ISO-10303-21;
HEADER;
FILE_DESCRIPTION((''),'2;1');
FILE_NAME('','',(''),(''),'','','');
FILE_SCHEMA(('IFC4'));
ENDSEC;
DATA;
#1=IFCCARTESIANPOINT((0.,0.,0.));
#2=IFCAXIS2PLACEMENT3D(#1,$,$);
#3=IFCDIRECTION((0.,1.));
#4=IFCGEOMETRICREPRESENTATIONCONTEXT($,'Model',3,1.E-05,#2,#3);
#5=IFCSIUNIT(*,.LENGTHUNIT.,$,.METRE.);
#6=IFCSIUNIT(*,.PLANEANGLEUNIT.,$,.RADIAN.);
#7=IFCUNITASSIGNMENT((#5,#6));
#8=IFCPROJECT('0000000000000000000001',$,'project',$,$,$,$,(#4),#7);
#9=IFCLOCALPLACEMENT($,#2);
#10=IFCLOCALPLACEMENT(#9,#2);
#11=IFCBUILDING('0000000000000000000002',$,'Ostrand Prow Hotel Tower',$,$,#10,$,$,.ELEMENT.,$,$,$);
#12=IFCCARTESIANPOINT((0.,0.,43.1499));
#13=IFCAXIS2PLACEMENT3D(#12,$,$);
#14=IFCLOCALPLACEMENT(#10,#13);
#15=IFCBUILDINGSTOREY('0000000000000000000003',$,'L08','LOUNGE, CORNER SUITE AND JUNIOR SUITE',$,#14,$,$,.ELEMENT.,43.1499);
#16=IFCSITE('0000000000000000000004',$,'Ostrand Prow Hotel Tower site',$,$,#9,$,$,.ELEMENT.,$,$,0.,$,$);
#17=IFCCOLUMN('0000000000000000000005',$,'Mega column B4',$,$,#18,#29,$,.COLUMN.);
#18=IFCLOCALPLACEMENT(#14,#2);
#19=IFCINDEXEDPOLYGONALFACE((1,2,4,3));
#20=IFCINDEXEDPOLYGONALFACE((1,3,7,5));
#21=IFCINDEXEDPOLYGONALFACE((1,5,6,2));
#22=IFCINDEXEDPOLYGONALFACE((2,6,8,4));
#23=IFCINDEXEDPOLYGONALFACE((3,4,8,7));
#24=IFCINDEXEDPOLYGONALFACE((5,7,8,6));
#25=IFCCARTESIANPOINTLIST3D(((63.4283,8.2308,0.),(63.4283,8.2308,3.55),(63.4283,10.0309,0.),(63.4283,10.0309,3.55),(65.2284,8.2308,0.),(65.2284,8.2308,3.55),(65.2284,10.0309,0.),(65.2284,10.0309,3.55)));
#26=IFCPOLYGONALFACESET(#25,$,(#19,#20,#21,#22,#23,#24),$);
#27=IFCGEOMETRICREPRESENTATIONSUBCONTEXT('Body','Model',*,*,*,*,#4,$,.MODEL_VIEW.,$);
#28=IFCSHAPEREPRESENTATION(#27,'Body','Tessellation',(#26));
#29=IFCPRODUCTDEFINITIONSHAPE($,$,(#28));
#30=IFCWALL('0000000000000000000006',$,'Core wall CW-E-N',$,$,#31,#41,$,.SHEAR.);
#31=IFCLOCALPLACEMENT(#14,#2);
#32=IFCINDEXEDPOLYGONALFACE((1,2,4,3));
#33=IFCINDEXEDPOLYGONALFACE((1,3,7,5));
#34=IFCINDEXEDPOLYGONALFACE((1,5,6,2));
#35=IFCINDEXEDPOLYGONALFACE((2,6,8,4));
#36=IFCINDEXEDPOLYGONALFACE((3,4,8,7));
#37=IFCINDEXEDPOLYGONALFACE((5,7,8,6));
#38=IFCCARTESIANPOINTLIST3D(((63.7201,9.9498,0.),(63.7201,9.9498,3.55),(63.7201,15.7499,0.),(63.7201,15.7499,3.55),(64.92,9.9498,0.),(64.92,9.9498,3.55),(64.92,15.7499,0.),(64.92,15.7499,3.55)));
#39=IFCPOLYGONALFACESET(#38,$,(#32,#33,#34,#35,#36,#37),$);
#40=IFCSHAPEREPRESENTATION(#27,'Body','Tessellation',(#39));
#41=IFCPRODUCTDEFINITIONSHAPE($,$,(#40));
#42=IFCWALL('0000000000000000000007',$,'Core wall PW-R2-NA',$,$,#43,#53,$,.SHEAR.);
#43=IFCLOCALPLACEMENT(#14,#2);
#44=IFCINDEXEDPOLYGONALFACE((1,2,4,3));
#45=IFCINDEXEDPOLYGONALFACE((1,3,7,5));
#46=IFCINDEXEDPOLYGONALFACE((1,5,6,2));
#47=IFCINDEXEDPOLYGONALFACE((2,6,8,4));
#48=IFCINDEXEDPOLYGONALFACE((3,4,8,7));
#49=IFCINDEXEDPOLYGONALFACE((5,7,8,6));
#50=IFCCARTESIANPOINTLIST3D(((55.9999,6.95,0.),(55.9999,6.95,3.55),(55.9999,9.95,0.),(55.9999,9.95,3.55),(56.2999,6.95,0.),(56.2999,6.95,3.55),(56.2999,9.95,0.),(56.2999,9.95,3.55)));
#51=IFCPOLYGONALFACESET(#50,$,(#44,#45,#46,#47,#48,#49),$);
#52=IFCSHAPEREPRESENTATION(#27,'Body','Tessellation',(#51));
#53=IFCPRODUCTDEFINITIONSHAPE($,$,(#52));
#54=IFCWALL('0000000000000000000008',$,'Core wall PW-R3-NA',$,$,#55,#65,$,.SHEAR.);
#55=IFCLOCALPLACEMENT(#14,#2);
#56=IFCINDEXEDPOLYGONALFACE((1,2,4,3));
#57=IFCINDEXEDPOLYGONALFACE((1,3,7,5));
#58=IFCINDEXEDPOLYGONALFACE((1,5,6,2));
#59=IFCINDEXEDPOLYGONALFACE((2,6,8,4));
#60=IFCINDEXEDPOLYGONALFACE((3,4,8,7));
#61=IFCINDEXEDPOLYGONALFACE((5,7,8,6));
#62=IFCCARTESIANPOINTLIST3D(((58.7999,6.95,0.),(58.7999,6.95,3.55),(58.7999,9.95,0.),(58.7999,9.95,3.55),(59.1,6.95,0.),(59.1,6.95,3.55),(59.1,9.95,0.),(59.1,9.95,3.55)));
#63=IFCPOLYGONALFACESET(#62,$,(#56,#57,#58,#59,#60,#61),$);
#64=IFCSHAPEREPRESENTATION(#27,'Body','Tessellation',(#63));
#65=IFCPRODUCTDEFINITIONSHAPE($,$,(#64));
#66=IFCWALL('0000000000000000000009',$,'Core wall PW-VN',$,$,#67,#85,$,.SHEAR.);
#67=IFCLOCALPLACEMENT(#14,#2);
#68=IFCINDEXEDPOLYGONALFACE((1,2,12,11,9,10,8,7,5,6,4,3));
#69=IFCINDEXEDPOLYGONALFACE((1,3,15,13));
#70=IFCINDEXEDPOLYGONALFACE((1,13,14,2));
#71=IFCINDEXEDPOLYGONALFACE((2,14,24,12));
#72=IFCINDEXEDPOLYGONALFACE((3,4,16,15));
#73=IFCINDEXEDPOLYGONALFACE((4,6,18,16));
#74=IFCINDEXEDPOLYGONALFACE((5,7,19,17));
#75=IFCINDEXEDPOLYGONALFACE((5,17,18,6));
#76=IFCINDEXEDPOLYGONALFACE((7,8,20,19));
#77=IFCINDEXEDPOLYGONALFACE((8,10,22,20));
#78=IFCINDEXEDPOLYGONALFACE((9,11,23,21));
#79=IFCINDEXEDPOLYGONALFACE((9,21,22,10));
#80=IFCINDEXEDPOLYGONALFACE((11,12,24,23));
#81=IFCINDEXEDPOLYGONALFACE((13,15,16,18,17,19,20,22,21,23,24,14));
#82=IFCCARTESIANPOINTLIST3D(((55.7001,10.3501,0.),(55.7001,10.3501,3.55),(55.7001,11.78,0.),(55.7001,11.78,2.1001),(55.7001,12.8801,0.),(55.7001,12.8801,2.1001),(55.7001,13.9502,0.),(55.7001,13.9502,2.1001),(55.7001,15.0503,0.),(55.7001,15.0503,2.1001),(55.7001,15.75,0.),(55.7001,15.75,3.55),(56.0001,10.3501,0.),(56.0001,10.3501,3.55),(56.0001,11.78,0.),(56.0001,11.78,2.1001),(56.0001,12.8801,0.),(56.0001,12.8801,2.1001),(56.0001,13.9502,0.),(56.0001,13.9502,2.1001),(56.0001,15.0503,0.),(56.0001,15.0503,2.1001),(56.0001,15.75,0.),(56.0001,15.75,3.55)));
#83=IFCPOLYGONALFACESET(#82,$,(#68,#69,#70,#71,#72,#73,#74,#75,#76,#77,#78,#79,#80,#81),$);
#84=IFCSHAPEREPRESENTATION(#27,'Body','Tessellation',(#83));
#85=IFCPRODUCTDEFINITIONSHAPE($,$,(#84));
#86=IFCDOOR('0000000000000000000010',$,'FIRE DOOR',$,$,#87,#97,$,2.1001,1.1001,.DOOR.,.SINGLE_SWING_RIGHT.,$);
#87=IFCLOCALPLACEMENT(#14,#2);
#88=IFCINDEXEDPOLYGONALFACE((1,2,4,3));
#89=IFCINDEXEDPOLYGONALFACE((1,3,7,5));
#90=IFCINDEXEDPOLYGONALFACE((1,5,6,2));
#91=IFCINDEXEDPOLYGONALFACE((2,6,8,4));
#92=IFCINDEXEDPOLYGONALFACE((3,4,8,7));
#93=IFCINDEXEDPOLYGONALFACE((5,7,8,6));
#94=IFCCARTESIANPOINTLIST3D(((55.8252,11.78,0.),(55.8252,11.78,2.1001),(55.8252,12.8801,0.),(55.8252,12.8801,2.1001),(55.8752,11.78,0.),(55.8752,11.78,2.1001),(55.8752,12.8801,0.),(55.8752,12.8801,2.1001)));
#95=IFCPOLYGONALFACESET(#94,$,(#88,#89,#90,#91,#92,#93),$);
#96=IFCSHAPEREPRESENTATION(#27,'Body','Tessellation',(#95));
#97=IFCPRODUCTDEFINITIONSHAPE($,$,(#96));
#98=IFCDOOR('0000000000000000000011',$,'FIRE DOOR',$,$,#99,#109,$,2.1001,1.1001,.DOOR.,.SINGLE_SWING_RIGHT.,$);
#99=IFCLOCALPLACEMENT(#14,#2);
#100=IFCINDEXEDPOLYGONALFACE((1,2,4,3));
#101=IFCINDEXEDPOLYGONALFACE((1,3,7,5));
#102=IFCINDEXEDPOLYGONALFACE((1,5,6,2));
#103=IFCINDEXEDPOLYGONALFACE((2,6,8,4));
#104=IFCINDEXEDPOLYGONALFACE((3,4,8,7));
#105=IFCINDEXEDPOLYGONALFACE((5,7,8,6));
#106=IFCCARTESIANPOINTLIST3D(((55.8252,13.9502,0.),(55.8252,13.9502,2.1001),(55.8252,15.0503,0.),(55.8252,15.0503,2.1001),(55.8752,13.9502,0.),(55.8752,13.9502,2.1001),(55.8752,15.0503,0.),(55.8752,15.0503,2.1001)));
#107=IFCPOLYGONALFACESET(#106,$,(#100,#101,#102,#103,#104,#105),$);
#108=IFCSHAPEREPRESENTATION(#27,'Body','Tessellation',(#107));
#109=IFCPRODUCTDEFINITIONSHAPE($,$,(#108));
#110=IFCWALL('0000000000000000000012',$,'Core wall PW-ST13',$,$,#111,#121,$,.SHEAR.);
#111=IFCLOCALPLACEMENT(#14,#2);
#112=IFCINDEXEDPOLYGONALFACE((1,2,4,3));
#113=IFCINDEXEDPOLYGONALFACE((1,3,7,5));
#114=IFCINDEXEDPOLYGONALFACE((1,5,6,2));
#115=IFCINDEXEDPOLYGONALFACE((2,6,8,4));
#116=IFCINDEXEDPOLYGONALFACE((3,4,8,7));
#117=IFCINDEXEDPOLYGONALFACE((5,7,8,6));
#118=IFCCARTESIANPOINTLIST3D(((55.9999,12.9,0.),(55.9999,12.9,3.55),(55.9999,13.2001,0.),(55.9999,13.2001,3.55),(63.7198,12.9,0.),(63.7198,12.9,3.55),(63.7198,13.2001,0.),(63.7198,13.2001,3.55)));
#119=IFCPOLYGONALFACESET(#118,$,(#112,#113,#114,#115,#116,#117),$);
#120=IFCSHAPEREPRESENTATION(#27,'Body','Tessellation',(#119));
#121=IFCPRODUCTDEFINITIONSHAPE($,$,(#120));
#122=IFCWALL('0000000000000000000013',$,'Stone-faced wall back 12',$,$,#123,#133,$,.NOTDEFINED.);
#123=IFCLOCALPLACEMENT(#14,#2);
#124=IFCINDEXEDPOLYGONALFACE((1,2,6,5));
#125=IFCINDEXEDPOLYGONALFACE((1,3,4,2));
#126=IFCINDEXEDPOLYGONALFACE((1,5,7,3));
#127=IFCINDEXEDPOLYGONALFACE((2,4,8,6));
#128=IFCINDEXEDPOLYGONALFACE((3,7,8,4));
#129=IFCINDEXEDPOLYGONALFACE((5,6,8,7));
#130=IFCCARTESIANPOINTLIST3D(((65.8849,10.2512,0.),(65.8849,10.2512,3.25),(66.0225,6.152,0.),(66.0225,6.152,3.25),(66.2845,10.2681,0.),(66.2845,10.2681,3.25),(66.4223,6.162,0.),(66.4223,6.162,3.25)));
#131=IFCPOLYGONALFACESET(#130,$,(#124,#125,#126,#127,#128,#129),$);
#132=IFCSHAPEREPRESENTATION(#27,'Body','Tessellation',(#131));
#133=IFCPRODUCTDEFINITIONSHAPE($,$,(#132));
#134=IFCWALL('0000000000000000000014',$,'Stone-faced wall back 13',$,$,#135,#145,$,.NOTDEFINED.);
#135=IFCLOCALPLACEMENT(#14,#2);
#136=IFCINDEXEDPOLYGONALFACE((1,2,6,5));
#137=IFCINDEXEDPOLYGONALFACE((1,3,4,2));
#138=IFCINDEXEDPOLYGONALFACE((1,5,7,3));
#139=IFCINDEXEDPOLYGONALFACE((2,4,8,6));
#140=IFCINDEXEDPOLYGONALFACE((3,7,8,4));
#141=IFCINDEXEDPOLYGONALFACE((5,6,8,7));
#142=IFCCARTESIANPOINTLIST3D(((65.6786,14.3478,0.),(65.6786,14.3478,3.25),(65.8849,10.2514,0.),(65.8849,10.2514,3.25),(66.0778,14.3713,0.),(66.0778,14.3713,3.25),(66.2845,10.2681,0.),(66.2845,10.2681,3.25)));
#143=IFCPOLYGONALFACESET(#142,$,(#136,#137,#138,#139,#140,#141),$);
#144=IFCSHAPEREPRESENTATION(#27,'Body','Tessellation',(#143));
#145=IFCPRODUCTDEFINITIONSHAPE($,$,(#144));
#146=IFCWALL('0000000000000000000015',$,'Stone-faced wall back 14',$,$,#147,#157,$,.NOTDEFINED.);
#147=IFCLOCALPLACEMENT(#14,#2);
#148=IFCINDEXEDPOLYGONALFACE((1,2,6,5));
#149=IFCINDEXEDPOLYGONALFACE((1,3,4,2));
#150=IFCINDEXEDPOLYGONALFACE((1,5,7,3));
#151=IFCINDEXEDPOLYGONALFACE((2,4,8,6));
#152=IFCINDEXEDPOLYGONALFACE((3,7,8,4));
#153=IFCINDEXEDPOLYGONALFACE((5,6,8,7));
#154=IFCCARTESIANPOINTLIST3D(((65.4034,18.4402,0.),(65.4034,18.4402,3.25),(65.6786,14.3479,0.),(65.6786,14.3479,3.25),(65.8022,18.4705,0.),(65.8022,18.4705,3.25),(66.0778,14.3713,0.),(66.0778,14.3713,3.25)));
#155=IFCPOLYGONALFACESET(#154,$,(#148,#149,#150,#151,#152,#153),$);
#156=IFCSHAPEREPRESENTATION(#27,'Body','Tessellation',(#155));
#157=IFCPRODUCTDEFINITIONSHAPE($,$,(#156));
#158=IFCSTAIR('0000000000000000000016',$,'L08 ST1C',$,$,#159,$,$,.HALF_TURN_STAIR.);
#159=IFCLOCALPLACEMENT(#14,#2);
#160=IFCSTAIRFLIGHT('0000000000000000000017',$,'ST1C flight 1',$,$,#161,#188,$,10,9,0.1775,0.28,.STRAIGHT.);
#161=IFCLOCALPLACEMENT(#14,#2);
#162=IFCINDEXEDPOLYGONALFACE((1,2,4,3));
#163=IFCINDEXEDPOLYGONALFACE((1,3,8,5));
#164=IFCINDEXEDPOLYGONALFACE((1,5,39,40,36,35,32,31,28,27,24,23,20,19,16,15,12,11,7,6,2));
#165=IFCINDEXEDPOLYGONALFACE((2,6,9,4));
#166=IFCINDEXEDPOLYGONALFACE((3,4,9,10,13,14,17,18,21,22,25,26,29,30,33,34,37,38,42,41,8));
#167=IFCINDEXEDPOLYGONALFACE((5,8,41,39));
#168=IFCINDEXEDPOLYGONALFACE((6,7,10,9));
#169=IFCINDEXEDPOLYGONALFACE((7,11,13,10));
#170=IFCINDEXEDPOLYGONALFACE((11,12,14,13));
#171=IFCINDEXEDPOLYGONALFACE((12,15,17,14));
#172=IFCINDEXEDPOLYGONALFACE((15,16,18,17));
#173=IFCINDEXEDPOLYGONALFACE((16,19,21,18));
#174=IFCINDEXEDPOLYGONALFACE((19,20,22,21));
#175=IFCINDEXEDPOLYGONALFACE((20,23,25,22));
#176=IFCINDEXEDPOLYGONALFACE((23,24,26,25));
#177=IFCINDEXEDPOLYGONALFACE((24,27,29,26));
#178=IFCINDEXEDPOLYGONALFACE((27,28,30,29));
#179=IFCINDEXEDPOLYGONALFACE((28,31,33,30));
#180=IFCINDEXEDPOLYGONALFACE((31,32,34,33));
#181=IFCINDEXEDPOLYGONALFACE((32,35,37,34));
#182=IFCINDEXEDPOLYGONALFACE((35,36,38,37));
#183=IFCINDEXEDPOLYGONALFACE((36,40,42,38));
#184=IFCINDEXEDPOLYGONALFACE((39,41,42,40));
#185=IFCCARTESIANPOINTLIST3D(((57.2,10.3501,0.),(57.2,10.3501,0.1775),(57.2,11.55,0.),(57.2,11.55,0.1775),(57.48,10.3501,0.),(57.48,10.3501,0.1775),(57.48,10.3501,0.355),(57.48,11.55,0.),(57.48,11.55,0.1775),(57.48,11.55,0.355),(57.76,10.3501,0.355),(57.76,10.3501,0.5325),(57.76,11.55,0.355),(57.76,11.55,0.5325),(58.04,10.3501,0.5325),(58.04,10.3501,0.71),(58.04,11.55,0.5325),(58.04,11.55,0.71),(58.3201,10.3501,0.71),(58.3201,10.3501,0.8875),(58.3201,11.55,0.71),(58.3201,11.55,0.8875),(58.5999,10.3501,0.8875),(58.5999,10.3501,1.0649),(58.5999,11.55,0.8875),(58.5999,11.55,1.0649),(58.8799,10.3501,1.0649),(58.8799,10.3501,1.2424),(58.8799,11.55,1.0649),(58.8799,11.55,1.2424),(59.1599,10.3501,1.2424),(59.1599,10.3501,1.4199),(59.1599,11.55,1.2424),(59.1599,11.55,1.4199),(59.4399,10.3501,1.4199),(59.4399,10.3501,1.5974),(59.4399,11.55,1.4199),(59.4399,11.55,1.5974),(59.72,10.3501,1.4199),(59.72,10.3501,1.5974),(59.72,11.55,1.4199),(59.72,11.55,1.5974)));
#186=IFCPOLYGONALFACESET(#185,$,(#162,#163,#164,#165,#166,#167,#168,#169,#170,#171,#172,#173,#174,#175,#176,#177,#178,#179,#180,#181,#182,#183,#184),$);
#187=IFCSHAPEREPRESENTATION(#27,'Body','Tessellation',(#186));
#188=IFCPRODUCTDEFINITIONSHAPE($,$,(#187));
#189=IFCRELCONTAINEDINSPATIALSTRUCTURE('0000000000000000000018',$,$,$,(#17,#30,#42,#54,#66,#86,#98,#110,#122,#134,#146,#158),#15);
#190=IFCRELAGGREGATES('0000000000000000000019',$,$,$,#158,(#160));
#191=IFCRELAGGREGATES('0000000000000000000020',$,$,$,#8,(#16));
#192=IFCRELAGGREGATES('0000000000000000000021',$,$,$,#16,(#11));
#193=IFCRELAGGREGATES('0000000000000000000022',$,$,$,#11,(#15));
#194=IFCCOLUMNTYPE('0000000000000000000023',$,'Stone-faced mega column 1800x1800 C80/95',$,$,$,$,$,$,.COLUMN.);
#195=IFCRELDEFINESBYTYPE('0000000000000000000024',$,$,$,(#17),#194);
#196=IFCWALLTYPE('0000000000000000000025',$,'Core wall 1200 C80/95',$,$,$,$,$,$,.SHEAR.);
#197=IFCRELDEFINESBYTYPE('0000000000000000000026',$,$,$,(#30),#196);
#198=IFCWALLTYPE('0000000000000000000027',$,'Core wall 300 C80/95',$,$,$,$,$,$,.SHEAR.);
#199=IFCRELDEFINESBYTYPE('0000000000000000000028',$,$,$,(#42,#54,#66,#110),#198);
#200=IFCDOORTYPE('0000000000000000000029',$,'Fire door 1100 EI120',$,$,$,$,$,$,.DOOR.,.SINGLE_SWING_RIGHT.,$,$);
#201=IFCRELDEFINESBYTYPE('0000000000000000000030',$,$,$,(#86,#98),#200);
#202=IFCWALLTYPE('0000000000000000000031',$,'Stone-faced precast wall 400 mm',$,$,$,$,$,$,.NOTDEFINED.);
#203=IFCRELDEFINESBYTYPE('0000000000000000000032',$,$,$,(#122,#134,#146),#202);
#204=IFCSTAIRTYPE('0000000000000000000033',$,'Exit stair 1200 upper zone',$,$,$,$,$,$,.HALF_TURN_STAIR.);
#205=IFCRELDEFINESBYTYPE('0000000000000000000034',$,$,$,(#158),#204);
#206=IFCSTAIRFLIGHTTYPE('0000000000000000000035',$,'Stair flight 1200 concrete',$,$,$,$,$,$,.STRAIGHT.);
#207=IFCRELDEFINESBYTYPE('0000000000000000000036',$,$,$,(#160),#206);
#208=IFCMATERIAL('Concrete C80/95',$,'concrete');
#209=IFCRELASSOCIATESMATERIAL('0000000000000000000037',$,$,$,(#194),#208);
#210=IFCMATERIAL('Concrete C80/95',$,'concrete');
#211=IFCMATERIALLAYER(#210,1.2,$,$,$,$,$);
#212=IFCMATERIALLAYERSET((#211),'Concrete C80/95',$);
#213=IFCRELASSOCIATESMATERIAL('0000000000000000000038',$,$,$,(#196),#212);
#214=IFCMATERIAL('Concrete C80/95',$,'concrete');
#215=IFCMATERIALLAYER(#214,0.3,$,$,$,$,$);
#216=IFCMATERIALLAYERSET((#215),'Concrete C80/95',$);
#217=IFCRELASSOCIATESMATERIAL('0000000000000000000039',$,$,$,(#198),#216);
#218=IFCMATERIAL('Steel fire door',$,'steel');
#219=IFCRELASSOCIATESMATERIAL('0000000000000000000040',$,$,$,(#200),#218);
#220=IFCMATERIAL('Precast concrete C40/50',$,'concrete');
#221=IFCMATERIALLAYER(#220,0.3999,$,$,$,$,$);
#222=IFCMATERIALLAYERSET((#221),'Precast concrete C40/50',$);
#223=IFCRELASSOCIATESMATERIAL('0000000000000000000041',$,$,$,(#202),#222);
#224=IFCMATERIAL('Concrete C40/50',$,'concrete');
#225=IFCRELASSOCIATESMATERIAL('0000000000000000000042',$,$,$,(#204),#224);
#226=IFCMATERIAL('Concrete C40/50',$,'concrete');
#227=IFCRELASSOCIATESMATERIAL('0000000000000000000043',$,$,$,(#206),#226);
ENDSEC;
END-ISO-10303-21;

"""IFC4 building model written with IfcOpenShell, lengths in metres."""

from ifc_helpers import new_model, si_unit, direction, frame, frame_2d, origin, origin_2d, place, context, subcontext, project, spatial, polyline, rectangle, outline, extrude, material, layer, layer_set, material_profile, profile_set, type_object, element, fill, aggregate, save


model = new_model("IFC4")

# Units and contexts
model_context = context("Model", 3, precision=1e-05, world=origin(), true_north=direction((0.0, 1.0)))
body_context = subcontext(model_context, "Body", "Model", "MODEL_VIEW")
ifc_project = project(units=[si_unit("LENGTHUNIT", "METRE"), si_unit("PLANEANGLEUNIT", "RADIAN")], contexts=[model_context])

# Site, building, storey
site_placement = place(None, origin())
site = spatial("IfcSite", under=ifc_project, at=site_placement, Name="Ostrand Prow Hotel Tower site", CompositionType="ELEMENT", RefElevation=0.0)
building_placement = place(site_placement, origin())
building = spatial("IfcBuilding", under=site, at=building_placement, Name="Ostrand Prow Hotel Tower", CompositionType="ELEMENT")
storey_placement = place(building_placement, frame((0.0, 0.0, 43.1499)))
storey = spatial("IfcBuildingStorey", under=building, at=storey_placement, Name="L08", Description="LOUNGE, CORNER SUITE AND JUNIOR SUITE", CompositionType="ELEMENT", Elevation=43.1499)

# Column
ifc_material_1 = material(Name="Concrete C80/95", Category="concrete")
ifc_material_profile = material_profile(ifc_material_1, rectangle(XDim=1.8, YDim=1.8, at=origin_2d()), Name="RC 1800x1800")
ifc_profile_set = profile_set([ifc_material_profile], Name="Concrete C80/95")
column_type = type_object("IfcColumnType", Name="Stone-faced mega column 1800x1800 C80/95", PredefinedType="COLUMN", material=ifc_profile_set)
column_placement = place(storey_placement, frame((64.3284, 9.1309, 0.0), z_axis=(0.0, 0.0, 1.0), x_axis=(1.0, 0.0, 0.0)))
element("IfcColumn", 1, at=column_placement, inside=storey, type_object=column_type, Name="Mega column B4", PredefinedType="COLUMN", context=body_context, shape_type="SweptSolid", body=[
    extrude(rectangle(XDim=1.8, YDim=1.8, at=origin_2d()), origin(), (0.0, 0.0, 1.0), 3.55),
])

# Walls
ifc_material_2 = material(Name="Concrete C80/95", Category="concrete")
ifc_layer_1 = layer(ifc_material_2, 1.2)
ifc_layer_set_1 = layer_set([ifc_layer_1], Name="Concrete C80/95")
wall_type_1 = type_object("IfcWallType", Name="Core wall 1200 C80/95", PredefinedType="SHEAR", material=ifc_layer_set_1)
wall_1_placement = place(storey_placement, frame((64.3201, 9.95, 0.0), z_axis=(0.0, 0.0, 1.0), x_axis=(0.0, 1.0, 0.0)))
element("IfcWall", 2, at=wall_1_placement, inside=storey, type_object=wall_type_1, Name="Core wall CW-E-N", PredefinedType="SHEAR", context=body_context, shape_type="SweptSolid", body=[
    extrude(rectangle(XDim=5.8, YDim=1.2, at=frame_2d((2.8999, 0.0))), origin(), (0.0, 0.0, 1.0), 3.55),
])
ifc_material_3 = material(Name="Concrete C80/95", Category="concrete")
ifc_layer_2 = layer(ifc_material_3, 0.3)
ifc_layer_set_2 = layer_set([ifc_layer_2], Name="Concrete C80/95")
wall_type_2 = type_object("IfcWallType", Name="Core wall 300 C80/95", PredefinedType="SHEAR", material=ifc_layer_set_2)
for number, where, z_axis, x_axis, name in (
    (3, (56.1499, 6.95, 0.0), (0.0, 0.0, 1.0), (0.0, 1.0, 0.0), "Core wall PW-R2-NA"),
    (4, (58.95, 6.95, 0.0), (0.0, 0.0, 1.0), (0.0, 1.0, 0.0), "Core wall PW-R3-NA"),
):
    element("IfcWall", number, at=place(storey_placement, frame(where, z_axis=z_axis, x_axis=x_axis)), inside=storey, type_object=wall_type_2, Name=name, PredefinedType="SHEAR", context=body_context, shape_type="SweptSolid", body=[
        extrude(rectangle(XDim=3.0, YDim=0.3, at=frame_2d((1.5, 0.0))), origin(), (0.0, 0.0, 1.0), 3.55),
    ])

# Wall, openings, doors
wall_2_placement = place(storey_placement, frame((55.8501, 10.3501, 0.0), z_axis=(0.0, 0.0, 1.0), x_axis=(0.0, 1.0, 0.0)))
wall_2 = element("IfcWall", 5, at=wall_2_placement, inside=storey, type_object=wall_type_2, Name="Core wall PW-VN", PredefinedType="SHEAR", context=body_context, shape_type="SweptSolid", body=[
    extrude(rectangle(XDim=5.3999, YDim=0.3, at=frame_2d((2.7, 0.0))), origin(), (0.0, 0.0, 1.0), 3.55),
])
opening_1_placement = place(wall_2_placement, frame((1.4299, 0.0, 0.0)))
opening_1 = element("IfcOpeningElement", 6, at=opening_1_placement, cuts=wall_2, PredefinedType="OPENING", context=body_context, shape_type="SweptSolid", body=[
    extrude(rectangle(XDim=1.1001, YDim=2.1001, at=frame_2d((0.55, 1.05))), frame((0.0, 0.1599, 0.0), z_axis=(0.0, -1.0, 0.0), x_axis=(1.0, 0.0, 0.0)), (0.0, 0.0, 1.0), 0.3201),
])
opening_2_placement = place(wall_2_placement, frame((3.6001, 0.0, 0.0)))
opening_2 = element("IfcOpeningElement", 7, at=opening_2_placement, cuts=wall_2, PredefinedType="OPENING", context=body_context, shape_type="SweptSolid", body=[
    extrude(rectangle(XDim=1.1001, YDim=2.1001, at=frame_2d((0.55, 1.05))), frame((0.0, 0.1599, 0.0), z_axis=(0.0, -1.0, 0.0), x_axis=(1.0, 0.0, 0.0)), (0.0, 0.0, 1.0), 0.3201),
])
ifc_material_4 = material(Name="Steel fire door", Category="steel")
door_type = type_object("IfcDoorType", Name="Fire door 1100 EI120", OperationType="SINGLE_SWING_RIGHT", PredefinedType="DOOR", material=ifc_material_4)
door_1_placement = place(opening_1_placement, origin())
door_1 = element("IfcDoor", 8, at=door_1_placement, inside=storey, type_object=door_type, Name="FIRE DOOR", OperationType="SINGLE_SWING_RIGHT", OverallHeight=2.1001, OverallWidth=1.1001, PredefinedType="DOOR", context=body_context, shape_type="SweptSolid", body=[
    extrude(rectangle(XDim=1.1001, YDim=2.1001, at=frame_2d((0.55, 1.05))), frame((0.0, 0.0249, 0.0), z_axis=(0.0, -1.0, 0.0), x_axis=(1.0, 0.0, 0.0)), (0.0, 0.0, 1.0), 0.05),
])
fill(opening_1, door_1)
door_2_placement = place(opening_2_placement, origin())
door_2 = element("IfcDoor", 9, at=door_2_placement, inside=storey, type_object=door_type, Name="FIRE DOOR", OperationType="SINGLE_SWING_RIGHT", OverallHeight=2.1001, OverallWidth=1.1001, PredefinedType="DOOR", context=body_context, shape_type="SweptSolid", body=[
    extrude(rectangle(XDim=1.1001, YDim=2.1001, at=frame_2d((0.55, 1.05))), frame((0.0, 0.0249, 0.0), z_axis=(0.0, -1.0, 0.0), x_axis=(1.0, 0.0, 0.0)), (0.0, 0.0, 1.0), 0.05),
])
fill(opening_2, door_2)

# Walls
wall_3_placement = place(storey_placement, frame((56.0, 13.05, 0.0), z_axis=(0.0, 0.0, 1.0), x_axis=(1.0, 0.0, 0.0)))
element("IfcWall", 10, at=wall_3_placement, inside=storey, type_object=wall_type_2, Name="Core wall PW-ST13", PredefinedType="SHEAR", context=body_context, shape_type="SweptSolid", body=[
    extrude(rectangle(XDim=7.72, YDim=0.3, at=frame_2d((3.8599, 0.0))), origin(), (0.0, 0.0, 1.0), 3.55),
])
ifc_material_5 = material(Name="Precast concrete C40/50", Category="concrete")
ifc_layer_3 = layer(ifc_material_5, 0.3999)
ifc_layer_set_3 = layer_set([ifc_layer_3], Name="Precast concrete C40/50")
wall_type_3 = type_object("IfcWallType", Name="Stone-faced precast wall 400 mm", PredefinedType="NOTDEFINED", material=ifc_layer_set_3)
for number, where, z_axis, x_axis, name in (
    (11, (66.2224, 6.157, 0.0), (0.0, 0.0, 1.0), (-0.033543, 0.999437, 0.0), "Stone-faced wall back 12"),
    (12, (66.0847, 10.2598, 0.0), (0.0, 0.0, 1.0), (-0.050314, 0.998733, 0.0), "Stone-faced wall back 13"),
    (13, (65.8782, 14.3596, 0.0), (0.0, 0.0, 1.0), (-0.067087, 0.997747, 0.0), "Stone-faced wall back 14"),
):
    element("IfcWall", number, at=place(storey_placement, frame(where, z_axis=z_axis, x_axis=x_axis)), inside=storey, type_object=wall_type_3, Name=name, PredefinedType="NOTDEFINED", context=body_context, shape_type="SweptSolid", body=[
        extrude(outline(polyline([(-0.0017, -0.2), (4.1067, -0.2), (4.1033, 0.2), (0.0017, 0.2), (-0.0017, -0.2)])), origin(), (0.0, 0.0, 1.0), 3.25),
    ])

# Stair, stair flight
ifc_material_6 = material(Name="Concrete C40/50", Category="concrete")
stair_type = type_object("IfcStairType", Name="Exit stair 1200 upper zone", PredefinedType="HALF_TURN_STAIR", material=ifc_material_6)
stair_1_placement = place(storey_placement, origin())
stair_1 = element("IfcStair", 14, at=stair_1_placement, inside=storey, type_object=stair_type, Name="L08 ST1C", PredefinedType="HALF_TURN_STAIR")
ifc_material_7 = material(Name="Concrete C40/50", Category="concrete")
stair_flight_type = type_object("IfcStairFlightType", Name="Stair flight 1200 concrete", PredefinedType="STRAIGHT", material=ifc_material_7)
stair_flight_1_placement = place(storey_placement, frame((57.2, 10.95, 0.0), z_axis=(0.0, 0.0, 1.0), x_axis=(1.0, 0.0, 0.0)))
stair_flight_1 = element("IfcStairFlight", 15, at=stair_flight_1_placement, type_object=stair_flight_type, Name="ST1C flight 1", NumberOfRisers=10, NumberOfTreads=9, PredefinedType="STRAIGHT", RiserHeight=0.1775, TreadLength=0.28, context=body_context, shape_type="SweptSolid", body=[
    extrude(outline(polyline([(0.0, 0.0), (0.0, 0.1775), (0.28, 0.1775), (0.28, 0.355), (0.5601, 0.355), (0.5601, 0.5325), (0.8401, 0.5325), (0.8401, 0.71), (1.1201, 0.71), (1.1201, 0.8875), (1.3999, 0.8875), (1.3999, 1.0649), (1.6799, 1.0649), (1.6799, 1.2424), (1.96, 1.2424), (1.96, 1.4199), (2.24, 1.4199), (2.24, 1.5974), (2.52, 1.5974), (2.52, 1.7749), (2.52, 1.4199), (0.28, 0.0), (0.0, 0.0)])), frame((0.0, 0.6001, 0.0), z_axis=(0.0, -1.0, 0.0), x_axis=(1.0, 0.0, 0.0)), (0.0, 0.0, 1.0), 1.2),
])
aggregate(stair_1, [stair_flight_1])

save(model, "model.ifc")
